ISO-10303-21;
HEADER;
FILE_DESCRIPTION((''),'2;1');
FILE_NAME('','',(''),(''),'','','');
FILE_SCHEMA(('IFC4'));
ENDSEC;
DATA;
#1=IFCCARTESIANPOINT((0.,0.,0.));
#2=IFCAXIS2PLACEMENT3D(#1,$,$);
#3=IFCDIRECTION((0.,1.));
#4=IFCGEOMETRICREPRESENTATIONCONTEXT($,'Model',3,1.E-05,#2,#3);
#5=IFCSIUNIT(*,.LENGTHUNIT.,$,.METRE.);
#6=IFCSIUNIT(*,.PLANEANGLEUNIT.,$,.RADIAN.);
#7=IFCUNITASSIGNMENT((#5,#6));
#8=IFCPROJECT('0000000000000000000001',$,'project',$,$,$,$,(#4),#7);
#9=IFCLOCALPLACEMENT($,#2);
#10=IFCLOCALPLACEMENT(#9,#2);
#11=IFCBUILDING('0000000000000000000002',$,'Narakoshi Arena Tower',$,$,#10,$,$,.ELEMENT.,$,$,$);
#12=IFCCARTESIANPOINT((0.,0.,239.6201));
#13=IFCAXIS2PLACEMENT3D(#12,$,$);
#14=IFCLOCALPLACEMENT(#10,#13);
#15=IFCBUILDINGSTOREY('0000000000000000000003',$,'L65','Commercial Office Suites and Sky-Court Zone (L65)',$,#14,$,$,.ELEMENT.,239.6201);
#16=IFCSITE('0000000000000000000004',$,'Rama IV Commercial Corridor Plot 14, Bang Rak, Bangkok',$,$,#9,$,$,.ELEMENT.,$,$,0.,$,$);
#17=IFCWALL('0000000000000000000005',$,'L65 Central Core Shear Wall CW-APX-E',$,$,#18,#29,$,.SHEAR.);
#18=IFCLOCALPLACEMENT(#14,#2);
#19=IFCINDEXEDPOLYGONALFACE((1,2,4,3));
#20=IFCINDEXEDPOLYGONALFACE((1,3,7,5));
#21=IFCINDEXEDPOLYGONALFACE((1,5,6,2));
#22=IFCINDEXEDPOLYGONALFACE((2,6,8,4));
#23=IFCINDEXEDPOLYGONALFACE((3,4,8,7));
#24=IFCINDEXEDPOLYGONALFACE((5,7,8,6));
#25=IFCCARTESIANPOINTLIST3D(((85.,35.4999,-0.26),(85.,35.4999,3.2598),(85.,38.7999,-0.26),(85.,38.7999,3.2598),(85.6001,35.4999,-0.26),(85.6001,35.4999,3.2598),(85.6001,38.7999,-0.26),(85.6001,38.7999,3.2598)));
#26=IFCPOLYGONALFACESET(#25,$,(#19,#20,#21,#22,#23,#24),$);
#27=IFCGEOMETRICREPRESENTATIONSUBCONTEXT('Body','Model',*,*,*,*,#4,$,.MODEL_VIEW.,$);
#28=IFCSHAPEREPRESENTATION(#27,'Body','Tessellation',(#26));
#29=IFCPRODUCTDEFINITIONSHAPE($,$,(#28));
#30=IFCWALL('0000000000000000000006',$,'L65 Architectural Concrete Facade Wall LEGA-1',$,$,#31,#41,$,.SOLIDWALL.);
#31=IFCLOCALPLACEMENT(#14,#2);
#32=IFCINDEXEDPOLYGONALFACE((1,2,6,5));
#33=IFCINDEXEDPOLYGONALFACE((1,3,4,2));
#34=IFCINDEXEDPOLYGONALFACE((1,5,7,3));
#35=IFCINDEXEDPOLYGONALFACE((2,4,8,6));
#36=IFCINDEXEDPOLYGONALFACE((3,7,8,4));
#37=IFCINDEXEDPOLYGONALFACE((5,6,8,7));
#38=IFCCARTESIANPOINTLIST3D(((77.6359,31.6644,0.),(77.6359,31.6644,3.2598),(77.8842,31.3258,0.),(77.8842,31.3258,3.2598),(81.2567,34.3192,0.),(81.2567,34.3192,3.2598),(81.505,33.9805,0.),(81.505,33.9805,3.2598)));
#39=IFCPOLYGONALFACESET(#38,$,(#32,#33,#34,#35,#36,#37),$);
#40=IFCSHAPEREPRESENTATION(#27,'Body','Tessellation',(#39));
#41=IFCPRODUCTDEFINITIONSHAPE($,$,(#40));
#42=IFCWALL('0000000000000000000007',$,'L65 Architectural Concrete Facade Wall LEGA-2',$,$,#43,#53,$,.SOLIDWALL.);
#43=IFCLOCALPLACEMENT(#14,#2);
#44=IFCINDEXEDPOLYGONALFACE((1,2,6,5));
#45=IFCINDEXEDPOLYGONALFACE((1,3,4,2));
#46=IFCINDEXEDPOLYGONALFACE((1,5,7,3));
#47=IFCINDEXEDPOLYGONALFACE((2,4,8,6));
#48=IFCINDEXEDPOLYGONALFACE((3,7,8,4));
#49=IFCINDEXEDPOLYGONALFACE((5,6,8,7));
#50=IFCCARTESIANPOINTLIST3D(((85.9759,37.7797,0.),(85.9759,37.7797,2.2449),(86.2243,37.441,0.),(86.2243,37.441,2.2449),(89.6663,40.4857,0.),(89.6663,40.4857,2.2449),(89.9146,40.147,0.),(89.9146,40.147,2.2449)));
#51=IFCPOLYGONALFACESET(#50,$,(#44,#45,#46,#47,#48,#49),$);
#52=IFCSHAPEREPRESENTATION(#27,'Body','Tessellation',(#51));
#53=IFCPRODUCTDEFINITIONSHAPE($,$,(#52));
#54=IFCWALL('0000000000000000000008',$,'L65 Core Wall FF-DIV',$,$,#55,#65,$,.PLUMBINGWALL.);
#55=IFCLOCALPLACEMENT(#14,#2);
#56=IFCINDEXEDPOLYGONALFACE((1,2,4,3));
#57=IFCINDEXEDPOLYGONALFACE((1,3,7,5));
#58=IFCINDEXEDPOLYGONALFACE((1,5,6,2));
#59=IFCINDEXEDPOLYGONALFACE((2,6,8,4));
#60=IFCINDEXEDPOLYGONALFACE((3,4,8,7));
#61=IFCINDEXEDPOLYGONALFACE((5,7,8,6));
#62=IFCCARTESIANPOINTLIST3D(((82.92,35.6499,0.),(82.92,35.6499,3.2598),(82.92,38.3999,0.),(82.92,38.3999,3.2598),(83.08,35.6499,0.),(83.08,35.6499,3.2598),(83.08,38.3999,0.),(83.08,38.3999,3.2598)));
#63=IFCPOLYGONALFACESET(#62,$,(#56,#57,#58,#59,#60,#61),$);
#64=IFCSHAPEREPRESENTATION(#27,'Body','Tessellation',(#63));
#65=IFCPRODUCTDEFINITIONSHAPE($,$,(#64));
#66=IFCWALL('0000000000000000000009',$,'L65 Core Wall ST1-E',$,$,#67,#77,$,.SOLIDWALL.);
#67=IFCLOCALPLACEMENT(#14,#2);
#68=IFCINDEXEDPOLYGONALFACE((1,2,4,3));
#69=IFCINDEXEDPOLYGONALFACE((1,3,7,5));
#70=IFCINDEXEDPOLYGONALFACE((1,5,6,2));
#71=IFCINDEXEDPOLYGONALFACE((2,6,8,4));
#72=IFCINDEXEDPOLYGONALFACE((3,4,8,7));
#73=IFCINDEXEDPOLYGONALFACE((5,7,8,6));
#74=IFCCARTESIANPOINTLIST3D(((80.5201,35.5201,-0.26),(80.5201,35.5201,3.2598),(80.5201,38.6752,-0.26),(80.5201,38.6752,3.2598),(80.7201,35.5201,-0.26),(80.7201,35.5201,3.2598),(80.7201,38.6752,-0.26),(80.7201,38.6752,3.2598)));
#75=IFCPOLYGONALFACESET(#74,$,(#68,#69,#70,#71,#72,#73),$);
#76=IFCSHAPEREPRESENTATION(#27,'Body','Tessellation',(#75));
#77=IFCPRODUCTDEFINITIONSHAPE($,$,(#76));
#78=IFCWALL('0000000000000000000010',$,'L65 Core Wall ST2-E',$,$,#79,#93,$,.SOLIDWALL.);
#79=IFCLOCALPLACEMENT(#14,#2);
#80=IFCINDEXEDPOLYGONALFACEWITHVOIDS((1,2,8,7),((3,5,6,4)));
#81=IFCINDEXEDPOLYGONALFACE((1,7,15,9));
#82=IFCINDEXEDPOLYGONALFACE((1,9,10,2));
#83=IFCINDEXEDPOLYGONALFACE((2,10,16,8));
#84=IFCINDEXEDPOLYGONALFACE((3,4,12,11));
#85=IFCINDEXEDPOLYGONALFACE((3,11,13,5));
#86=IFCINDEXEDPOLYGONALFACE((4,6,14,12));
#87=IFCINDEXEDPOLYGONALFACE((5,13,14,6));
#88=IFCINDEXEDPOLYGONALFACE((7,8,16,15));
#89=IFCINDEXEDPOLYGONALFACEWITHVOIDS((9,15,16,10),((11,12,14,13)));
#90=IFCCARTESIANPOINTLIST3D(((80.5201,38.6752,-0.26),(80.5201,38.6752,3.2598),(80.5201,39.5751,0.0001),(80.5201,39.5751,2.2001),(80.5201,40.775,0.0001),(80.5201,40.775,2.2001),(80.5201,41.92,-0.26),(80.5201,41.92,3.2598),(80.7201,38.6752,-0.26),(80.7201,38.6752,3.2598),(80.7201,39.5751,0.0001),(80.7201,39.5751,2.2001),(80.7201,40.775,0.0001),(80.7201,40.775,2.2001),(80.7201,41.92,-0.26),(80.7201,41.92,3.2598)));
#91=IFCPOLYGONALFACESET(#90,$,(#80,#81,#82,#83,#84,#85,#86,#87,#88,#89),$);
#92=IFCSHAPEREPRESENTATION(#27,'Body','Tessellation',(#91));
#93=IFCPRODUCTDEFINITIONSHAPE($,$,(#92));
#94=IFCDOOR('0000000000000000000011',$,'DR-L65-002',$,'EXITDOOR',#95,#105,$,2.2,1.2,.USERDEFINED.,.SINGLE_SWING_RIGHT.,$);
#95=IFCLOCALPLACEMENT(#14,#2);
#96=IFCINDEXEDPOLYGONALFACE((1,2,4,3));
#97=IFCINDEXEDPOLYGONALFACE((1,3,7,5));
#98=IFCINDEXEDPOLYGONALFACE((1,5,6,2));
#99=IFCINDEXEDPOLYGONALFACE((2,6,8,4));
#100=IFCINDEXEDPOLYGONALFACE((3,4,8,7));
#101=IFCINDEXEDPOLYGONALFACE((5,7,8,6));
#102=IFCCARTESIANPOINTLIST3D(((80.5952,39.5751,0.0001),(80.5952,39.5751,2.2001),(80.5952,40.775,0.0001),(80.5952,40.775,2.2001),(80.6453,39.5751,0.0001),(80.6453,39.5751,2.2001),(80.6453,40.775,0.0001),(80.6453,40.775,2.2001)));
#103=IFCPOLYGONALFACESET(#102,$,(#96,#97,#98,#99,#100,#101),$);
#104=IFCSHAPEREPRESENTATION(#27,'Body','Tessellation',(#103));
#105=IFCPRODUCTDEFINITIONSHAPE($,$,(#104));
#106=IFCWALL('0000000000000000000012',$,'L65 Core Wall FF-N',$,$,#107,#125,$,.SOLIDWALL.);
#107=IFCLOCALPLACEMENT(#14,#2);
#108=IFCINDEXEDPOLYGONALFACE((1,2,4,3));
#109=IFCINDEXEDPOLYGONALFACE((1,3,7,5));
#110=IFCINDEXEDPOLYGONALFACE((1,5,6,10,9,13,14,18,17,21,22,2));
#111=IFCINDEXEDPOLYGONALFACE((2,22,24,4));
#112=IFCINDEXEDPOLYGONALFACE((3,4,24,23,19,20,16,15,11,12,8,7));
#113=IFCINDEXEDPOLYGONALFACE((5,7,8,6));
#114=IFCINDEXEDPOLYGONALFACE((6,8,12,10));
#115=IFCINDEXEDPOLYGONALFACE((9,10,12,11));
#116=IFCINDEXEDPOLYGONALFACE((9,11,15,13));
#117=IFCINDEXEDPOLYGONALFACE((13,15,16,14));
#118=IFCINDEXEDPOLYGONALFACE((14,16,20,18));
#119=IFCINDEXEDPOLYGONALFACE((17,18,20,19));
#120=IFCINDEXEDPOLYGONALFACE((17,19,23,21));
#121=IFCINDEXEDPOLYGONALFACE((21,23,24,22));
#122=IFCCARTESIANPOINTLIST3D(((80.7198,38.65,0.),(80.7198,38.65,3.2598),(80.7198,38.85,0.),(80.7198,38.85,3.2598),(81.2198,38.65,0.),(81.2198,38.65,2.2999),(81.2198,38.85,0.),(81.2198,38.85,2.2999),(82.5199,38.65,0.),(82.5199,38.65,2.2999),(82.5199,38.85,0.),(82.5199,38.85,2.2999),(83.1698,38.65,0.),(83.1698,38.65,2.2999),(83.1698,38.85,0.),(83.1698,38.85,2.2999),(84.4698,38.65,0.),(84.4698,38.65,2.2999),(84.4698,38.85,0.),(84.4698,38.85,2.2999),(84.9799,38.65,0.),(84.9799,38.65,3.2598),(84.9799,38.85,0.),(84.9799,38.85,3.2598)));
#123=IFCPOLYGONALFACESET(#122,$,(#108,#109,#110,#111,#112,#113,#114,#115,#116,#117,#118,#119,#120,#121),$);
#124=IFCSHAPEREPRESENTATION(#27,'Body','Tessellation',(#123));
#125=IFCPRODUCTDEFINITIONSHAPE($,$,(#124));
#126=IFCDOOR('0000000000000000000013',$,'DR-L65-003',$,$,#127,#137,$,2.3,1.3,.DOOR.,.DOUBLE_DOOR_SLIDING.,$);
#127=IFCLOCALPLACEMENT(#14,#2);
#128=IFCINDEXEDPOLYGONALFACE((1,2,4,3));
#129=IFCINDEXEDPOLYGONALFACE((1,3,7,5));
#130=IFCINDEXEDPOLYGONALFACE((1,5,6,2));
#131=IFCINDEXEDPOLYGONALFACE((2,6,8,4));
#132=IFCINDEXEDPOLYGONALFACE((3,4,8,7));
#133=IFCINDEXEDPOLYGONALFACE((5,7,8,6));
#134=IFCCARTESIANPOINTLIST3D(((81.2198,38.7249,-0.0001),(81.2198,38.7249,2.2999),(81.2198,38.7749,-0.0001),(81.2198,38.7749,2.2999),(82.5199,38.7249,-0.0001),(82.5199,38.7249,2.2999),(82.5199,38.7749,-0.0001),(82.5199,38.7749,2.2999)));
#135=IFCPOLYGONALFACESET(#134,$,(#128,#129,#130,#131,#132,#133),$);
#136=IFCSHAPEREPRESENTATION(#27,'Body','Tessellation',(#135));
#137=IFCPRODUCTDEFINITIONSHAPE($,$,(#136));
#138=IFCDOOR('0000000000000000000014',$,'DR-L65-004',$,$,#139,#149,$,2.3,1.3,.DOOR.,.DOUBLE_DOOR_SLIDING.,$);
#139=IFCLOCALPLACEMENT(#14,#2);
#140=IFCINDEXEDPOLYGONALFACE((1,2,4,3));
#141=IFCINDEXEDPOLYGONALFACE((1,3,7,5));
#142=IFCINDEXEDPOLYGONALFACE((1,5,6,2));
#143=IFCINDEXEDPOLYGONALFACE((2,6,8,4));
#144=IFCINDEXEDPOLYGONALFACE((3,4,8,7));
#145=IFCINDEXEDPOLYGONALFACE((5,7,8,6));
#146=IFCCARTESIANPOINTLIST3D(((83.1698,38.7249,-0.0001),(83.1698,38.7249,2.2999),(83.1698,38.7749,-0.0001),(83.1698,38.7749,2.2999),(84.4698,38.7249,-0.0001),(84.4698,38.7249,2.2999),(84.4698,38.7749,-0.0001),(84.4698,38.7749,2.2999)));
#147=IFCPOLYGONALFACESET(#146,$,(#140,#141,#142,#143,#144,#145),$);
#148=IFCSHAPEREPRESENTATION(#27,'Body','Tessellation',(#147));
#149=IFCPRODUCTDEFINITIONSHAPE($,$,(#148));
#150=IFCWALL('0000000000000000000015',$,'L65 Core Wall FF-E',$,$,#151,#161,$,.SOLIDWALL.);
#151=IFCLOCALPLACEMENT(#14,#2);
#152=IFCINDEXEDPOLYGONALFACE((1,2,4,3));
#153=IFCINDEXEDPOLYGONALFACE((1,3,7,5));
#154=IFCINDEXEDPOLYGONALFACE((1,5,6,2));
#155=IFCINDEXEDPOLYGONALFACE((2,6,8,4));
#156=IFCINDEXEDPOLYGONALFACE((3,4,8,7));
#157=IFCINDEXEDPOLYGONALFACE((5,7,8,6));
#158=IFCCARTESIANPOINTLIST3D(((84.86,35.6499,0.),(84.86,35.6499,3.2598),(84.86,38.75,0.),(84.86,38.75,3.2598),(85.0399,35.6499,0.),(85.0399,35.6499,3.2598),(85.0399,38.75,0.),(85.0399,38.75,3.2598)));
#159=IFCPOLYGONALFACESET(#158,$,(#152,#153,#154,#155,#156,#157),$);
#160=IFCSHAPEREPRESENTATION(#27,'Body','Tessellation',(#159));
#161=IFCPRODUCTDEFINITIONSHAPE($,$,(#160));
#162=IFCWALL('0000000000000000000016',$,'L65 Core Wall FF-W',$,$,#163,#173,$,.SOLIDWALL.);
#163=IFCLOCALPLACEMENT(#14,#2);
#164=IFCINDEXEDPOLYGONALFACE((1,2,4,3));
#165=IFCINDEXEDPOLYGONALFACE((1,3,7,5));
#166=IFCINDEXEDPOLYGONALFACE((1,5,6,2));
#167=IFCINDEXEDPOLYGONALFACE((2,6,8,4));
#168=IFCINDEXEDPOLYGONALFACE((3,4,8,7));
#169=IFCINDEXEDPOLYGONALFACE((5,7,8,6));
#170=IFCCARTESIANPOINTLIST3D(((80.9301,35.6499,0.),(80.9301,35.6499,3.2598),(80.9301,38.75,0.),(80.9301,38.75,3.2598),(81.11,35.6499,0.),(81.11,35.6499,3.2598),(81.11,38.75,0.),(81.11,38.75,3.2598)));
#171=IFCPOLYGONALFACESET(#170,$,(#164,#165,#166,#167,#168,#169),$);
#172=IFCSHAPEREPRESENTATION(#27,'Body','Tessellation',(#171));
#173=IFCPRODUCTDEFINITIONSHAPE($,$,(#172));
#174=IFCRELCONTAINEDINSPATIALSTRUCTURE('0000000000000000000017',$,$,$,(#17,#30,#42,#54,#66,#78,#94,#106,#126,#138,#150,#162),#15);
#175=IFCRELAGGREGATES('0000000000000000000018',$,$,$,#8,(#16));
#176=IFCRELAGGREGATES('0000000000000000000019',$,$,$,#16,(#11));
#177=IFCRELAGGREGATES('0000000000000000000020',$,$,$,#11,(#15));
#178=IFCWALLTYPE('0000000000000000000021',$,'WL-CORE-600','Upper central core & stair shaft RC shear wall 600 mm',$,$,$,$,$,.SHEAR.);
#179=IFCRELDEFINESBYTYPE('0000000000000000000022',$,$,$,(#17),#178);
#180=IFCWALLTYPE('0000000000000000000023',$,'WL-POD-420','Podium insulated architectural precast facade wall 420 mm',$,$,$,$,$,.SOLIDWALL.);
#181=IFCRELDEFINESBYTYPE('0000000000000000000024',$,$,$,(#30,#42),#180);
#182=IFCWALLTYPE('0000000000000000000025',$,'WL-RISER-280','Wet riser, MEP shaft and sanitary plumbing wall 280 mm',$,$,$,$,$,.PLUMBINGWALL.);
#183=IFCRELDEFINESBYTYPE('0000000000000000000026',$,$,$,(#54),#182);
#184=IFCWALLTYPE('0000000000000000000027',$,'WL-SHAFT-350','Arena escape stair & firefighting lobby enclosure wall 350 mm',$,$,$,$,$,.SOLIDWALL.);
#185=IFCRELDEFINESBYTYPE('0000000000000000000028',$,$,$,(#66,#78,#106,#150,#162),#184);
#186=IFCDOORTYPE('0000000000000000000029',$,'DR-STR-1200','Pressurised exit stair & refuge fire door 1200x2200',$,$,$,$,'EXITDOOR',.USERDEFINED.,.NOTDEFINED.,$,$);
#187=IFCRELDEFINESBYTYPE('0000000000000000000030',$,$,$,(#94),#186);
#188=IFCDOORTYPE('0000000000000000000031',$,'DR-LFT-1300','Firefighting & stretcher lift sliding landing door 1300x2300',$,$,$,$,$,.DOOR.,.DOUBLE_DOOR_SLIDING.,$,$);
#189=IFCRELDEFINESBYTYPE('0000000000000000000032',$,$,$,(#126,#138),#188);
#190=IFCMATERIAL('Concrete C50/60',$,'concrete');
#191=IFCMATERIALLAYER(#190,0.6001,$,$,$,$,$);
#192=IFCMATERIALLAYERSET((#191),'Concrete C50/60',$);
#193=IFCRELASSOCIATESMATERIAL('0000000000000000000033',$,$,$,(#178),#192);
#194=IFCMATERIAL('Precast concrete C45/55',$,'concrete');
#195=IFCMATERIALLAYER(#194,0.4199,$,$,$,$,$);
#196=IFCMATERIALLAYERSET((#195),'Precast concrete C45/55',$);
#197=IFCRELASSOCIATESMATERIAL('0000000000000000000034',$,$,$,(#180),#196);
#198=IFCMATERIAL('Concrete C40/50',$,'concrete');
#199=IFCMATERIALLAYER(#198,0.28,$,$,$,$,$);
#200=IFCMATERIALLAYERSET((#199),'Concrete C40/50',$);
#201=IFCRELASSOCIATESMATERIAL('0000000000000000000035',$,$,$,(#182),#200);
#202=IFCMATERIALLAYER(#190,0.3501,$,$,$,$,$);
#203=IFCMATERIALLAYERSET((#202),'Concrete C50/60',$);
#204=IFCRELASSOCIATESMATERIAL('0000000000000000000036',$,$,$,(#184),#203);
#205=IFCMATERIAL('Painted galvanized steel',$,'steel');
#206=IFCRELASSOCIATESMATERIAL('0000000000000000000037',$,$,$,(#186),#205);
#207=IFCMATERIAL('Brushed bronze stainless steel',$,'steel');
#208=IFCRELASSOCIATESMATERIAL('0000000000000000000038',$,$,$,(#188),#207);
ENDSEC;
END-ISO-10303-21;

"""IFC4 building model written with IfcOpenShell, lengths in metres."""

from ifc_helpers import new_model, si_unit, direction, frame, frame_2d, origin, place, context, subcontext, project, spatial, rectangle, extrude, material, layer, layer_set, type_object, element, fill, save


model = new_model("IFC4")

# Units and contexts
model_context = context("Model", 3, precision=1e-05, world=origin(), true_north=direction((0.0, 1.0)))
body_context = subcontext(model_context, "Body", "Model", "MODEL_VIEW")
ifc_project = project(units=[si_unit("LENGTHUNIT", "METRE"), si_unit("PLANEANGLEUNIT", "RADIAN")], contexts=[model_context])

# Site, building, storey
site_placement = place(None, origin())
site = spatial("IfcSite", under=ifc_project, at=site_placement, Name="Rama IV Commercial Corridor Plot 14, Bang Rak, Bangkok", CompositionType="ELEMENT", RefElevation=0.0)
building_placement = place(site_placement, origin())
building = spatial("IfcBuilding", under=site, at=building_placement, Name="Narakoshi Arena Tower", CompositionType="ELEMENT")
storey_placement = place(building_placement, frame((0.0, 0.0, 239.6201)))
storey = spatial("IfcBuildingStorey", under=building, at=storey_placement, Name="L65", Description="Commercial Office Suites and Sky-Court Zone (L65)", CompositionType="ELEMENT", Elevation=239.6201)

# Walls
ifc_material_1 = material(Name="Concrete C50/60", Category="concrete")
ifc_layer_1 = layer(ifc_material_1, 0.6001)
ifc_layer_set_1 = layer_set([ifc_layer_1], Name="Concrete C50/60")
wall_type_1 = type_object("IfcWallType", Name="WL-CORE-600", Description="Upper central core & stair shaft RC shear wall 600 mm", PredefinedType="SHEAR", material=ifc_layer_set_1)
wall_1_placement = place(storey_placement, frame((85.3, 35.5, -0.26), z_axis=(0.0, 0.0, 1.0), x_axis=(0.0, 1.0, 0.0)))
element("IfcWall", 1, at=wall_1_placement, inside=storey, type_object=wall_type_1, Name="L65 Central Core Shear Wall CW-APX-E", PredefinedType="SHEAR", context=body_context, shape_type="SweptSolid", body=[
    extrude(rectangle(XDim=3.3, YDim=0.6001, at=frame_2d((1.6499, 0.0))), origin(), (0.0, 0.0, 1.0), 3.5198),
])
ifc_material_2 = material(Name="Precast concrete C45/55", Category="concrete")
ifc_layer_2 = layer(ifc_material_2, 0.4199)
ifc_layer_set_2 = layer_set([ifc_layer_2], Name="Precast concrete C45/55")
wall_type_2 = type_object("IfcWallType", Name="WL-POD-420", Description="Podium insulated architectural precast facade wall 420 mm", PredefinedType="SOLIDWALL", material=ifc_layer_set_2)
wall_2_placement = place(storey_placement, frame((77.76, 31.4951, 0.0), z_axis=(0.0, 0.0, 1.0), x_axis=(0.806459, 0.591291, 0.0)))
element("IfcWall", 2, at=wall_2_placement, inside=storey, type_object=wall_type_2, Name="L65 Architectural Concrete Facade Wall LEGA-1", PredefinedType="SOLIDWALL", context=body_context, shape_type="SweptSolid", body=[
    extrude(rectangle(XDim=4.4897, YDim=0.4199, at=frame_2d((2.2449, 0.0))), origin(), (0.0, 0.0, 1.0), 3.2598),
])
wall_3_placement = place(storey_placement, frame((86.1001, 37.6104, 0.0), z_axis=(0.0, 0.0, 1.0), x_axis=(0.806432, 0.591327, 0.0)))
element("IfcWall", 3, at=wall_3_placement, inside=storey, type_object=wall_type_2, Name="L65 Architectural Concrete Facade Wall LEGA-2", PredefinedType="SOLIDWALL", context=body_context, shape_type="SweptSolid", body=[
    extrude(rectangle(XDim=4.5762, YDim=0.4199, at=frame_2d((2.2881, 0.0))), origin(), (0.0, 0.0, 1.0), 2.2449),
])
ifc_material_3 = material(Name="Concrete C40/50", Category="concrete")
ifc_layer_3 = layer(ifc_material_3, 0.28)
ifc_layer_set_3 = layer_set([ifc_layer_3], Name="Concrete C40/50")
wall_type_3 = type_object("IfcWallType", Name="WL-RISER-280", Description="Wet riser, MEP shaft and sanitary plumbing wall 280 mm", PredefinedType="PLUMBINGWALL", material=ifc_layer_set_3)
wall_4_placement = place(storey_placement, frame((83.0, 35.6499, 0.0), z_axis=(0.0, 0.0, 1.0), x_axis=(0.0, 1.0, 0.0)))
element("IfcWall", 4, at=wall_4_placement, inside=storey, type_object=wall_type_3, Name="L65 Core Wall FF-DIV", PredefinedType="PLUMBINGWALL", context=body_context, shape_type="SweptSolid", body=[
    extrude(rectangle(XDim=2.75, YDim=0.1599, at=frame_2d((1.375, 0.0))), origin(), (0.0, 0.0, 1.0), 3.2598),
])
ifc_layer_4 = layer(ifc_material_1, 0.3501)
ifc_layer_set_4 = layer_set([ifc_layer_4], Name="Concrete C50/60")
wall_type_4 = type_object("IfcWallType", Name="WL-SHAFT-350", Description="Arena escape stair & firefighting lobby enclosure wall 350 mm", PredefinedType="SOLIDWALL", material=ifc_layer_set_4)
wall_5_placement = place(storey_placement, frame((80.6201, 35.52, -0.26), z_axis=(0.0, 0.0, 1.0), x_axis=(0.0, 1.0, 0.0)))
element("IfcWall", 5, at=wall_5_placement, inside=storey, type_object=wall_type_4, Name="L65 Core Wall ST1-E", PredefinedType="SOLIDWALL", context=body_context, shape_type="SweptSolid", body=[
    extrude(rectangle(XDim=3.155, YDim=0.2, at=frame_2d((1.5776, 0.0))), origin(), (0.0, 0.0, 1.0), 3.5198),
])

# Wall, opening, door
wall_6_placement = place(storey_placement, frame((80.6201, 38.675, -0.26), z_axis=(0.0, 0.0, 1.0), x_axis=(0.0, 1.0, 0.0)))
wall_6 = element("IfcWall", 6, at=wall_6_placement, inside=storey, type_object=wall_type_4, Name="L65 Core Wall ST2-E", PredefinedType="SOLIDWALL", context=body_context, shape_type="SweptSolid", body=[
    extrude(rectangle(XDim=3.2449, YDim=0.2, at=frame_2d((1.6226, 0.0))), origin(), (0.0, 0.0, 1.0), 3.5198),
])
opening_1_placement = place(wall_6_placement, frame((0.8999, 0.0, 0.26)))
opening_1 = element("IfcOpeningElement", 7, at=opening_1_placement, cuts=wall_6, PredefinedType="OPENING", context=body_context, shape_type="SweptSolid", body=[
    extrude(rectangle(XDim=1.2, YDim=2.2, at=frame_2d((0.6001, 1.1001))), frame((0.0, 0.1099, 0.0), z_axis=(0.0, -1.0, 0.0), x_axis=(1.0, 0.0, 0.0)), (0.0, 0.0, 1.0), 0.22),
])
ifc_material_4 = material(Name="Painted galvanized steel", Category="steel")
door_type_1 = type_object("IfcDoorType", Name="DR-STR-1200", Description="Pressurised exit stair & refuge fire door 1200x2200", ElementType="EXITDOOR", OperationType="NOTDEFINED", PredefinedType="USERDEFINED", material=ifc_material_4)
door_1_placement = place(opening_1_placement, origin())
door_1 = element("IfcDoor", 8, at=door_1_placement, inside=storey, type_object=door_type_1, Name="DR-L65-002", ObjectType="EXITDOOR", OperationType="SINGLE_SWING_RIGHT", OverallHeight=2.2, OverallWidth=1.2, PredefinedType="USERDEFINED", context=body_context, shape_type="SweptSolid", body=[
    extrude(rectangle(XDim=1.2, YDim=2.2, at=frame_2d((0.6001, 1.1001))), frame((0.0, 0.0249, 0.0), z_axis=(0.0, -1.0, 0.0), x_axis=(1.0, 0.0, 0.0)), (0.0, 0.0, 1.0), 0.05),
])
fill(opening_1, door_1)

# Wall, openings, doors
wall_7_placement = place(storey_placement, frame((80.72, 38.75, 0.0), z_axis=(0.0, 0.0, 1.0), x_axis=(1.0, 0.0, 0.0)))
wall_7 = element("IfcWall", 9, at=wall_7_placement, inside=storey, type_object=wall_type_4, Name="L65 Core Wall FF-N", PredefinedType="SOLIDWALL", context=body_context, shape_type="SweptSolid", body=[
    extrude(rectangle(XDim=4.26, YDim=0.2, at=frame_2d((2.1299, 0.0))), origin(), (0.0, 0.0, 1.0), 3.2598),
])
opening_2_placement = place(wall_7_placement, frame((0.5, 0.0, 0.0)))
opening_2 = element("IfcOpeningElement", 10, at=opening_2_placement, cuts=wall_7, PredefinedType="OPENING", context=body_context, shape_type="SweptSolid", body=[
    extrude(rectangle(XDim=1.3, YDim=2.3, at=frame_2d((0.6499, 1.1499))), frame((0.0, 0.1099, 0.0), z_axis=(0.0, -1.0, 0.0), x_axis=(1.0, 0.0, 0.0)), (0.0, 0.0, 1.0), 0.22),
])
opening_3_placement = place(wall_7_placement, frame((2.45, 0.0, 0.0)))
opening_3 = element("IfcOpeningElement", 11, at=opening_3_placement, cuts=wall_7, PredefinedType="OPENING", context=body_context, shape_type="SweptSolid", body=[
    extrude(rectangle(XDim=1.3, YDim=2.3, at=frame_2d((0.6499, 1.1499))), frame((0.0, 0.1099, 0.0), z_axis=(0.0, -1.0, 0.0), x_axis=(1.0, 0.0, 0.0)), (0.0, 0.0, 1.0), 0.22),
])
ifc_material_5 = material(Name="Brushed bronze stainless steel", Category="steel")
door_type_2 = type_object("IfcDoorType", Name="DR-LFT-1300", Description="Firefighting & stretcher lift sliding landing door 1300x2300", OperationType="DOUBLE_DOOR_SLIDING", PredefinedType="DOOR", material=ifc_material_5)
door_2_placement = place(opening_2_placement, origin())
door_2 = element("IfcDoor", 12, at=door_2_placement, inside=storey, type_object=door_type_2, Name="DR-L65-003", OperationType="DOUBLE_DOOR_SLIDING", OverallHeight=2.3, OverallWidth=1.3, PredefinedType="DOOR", context=body_context, shape_type="SweptSolid", body=[
    extrude(rectangle(XDim=1.3, YDim=2.3, at=frame_2d((0.6499, 1.1499))), frame((0.0, 0.0249, 0.0), z_axis=(0.0, -1.0, 0.0), x_axis=(1.0, 0.0, 0.0)), (0.0, 0.0, 1.0), 0.05),
])
fill(opening_2, door_2)
door_3_placement = place(opening_3_placement, origin())
door_3 = element("IfcDoor", 13, at=door_3_placement, inside=storey, type_object=door_type_2, Name="DR-L65-004", OperationType="DOUBLE_DOOR_SLIDING", OverallHeight=2.3, OverallWidth=1.3, PredefinedType="DOOR", context=body_context, shape_type="SweptSolid", body=[
    extrude(rectangle(XDim=1.3, YDim=2.3, at=frame_2d((0.6499, 1.1499))), frame((0.0, 0.0249, 0.0), z_axis=(0.0, -1.0, 0.0), x_axis=(1.0, 0.0, 0.0)), (0.0, 0.0, 1.0), 0.05),
])
fill(opening_3, door_3)

# Walls
for number, where, z_axis, x_axis, name in (
    (14, (84.95, 35.6499, 0.0), (0.0, 0.0, 1.0), (0.0, 1.0, 0.0), "L65 Core Wall FF-E"),
    (15, (81.02, 35.6499, 0.0), (0.0, 0.0, 1.0), (0.0, 1.0, 0.0), "L65 Core Wall FF-W"),
):
    element("IfcWall", number, at=place(storey_placement, frame(where, z_axis=z_axis, x_axis=x_axis)), inside=storey, type_object=wall_type_4, Name=name, PredefinedType="SOLIDWALL", context=body_context, shape_type="SweptSolid", body=[
        extrude(rectangle(XDim=3.1001, YDim=0.1799, at=frame_2d((1.55, 0.0))), origin(), (0.0, 0.0, 1.0), 3.2598),
    ])

save(model, "model.ifc")
